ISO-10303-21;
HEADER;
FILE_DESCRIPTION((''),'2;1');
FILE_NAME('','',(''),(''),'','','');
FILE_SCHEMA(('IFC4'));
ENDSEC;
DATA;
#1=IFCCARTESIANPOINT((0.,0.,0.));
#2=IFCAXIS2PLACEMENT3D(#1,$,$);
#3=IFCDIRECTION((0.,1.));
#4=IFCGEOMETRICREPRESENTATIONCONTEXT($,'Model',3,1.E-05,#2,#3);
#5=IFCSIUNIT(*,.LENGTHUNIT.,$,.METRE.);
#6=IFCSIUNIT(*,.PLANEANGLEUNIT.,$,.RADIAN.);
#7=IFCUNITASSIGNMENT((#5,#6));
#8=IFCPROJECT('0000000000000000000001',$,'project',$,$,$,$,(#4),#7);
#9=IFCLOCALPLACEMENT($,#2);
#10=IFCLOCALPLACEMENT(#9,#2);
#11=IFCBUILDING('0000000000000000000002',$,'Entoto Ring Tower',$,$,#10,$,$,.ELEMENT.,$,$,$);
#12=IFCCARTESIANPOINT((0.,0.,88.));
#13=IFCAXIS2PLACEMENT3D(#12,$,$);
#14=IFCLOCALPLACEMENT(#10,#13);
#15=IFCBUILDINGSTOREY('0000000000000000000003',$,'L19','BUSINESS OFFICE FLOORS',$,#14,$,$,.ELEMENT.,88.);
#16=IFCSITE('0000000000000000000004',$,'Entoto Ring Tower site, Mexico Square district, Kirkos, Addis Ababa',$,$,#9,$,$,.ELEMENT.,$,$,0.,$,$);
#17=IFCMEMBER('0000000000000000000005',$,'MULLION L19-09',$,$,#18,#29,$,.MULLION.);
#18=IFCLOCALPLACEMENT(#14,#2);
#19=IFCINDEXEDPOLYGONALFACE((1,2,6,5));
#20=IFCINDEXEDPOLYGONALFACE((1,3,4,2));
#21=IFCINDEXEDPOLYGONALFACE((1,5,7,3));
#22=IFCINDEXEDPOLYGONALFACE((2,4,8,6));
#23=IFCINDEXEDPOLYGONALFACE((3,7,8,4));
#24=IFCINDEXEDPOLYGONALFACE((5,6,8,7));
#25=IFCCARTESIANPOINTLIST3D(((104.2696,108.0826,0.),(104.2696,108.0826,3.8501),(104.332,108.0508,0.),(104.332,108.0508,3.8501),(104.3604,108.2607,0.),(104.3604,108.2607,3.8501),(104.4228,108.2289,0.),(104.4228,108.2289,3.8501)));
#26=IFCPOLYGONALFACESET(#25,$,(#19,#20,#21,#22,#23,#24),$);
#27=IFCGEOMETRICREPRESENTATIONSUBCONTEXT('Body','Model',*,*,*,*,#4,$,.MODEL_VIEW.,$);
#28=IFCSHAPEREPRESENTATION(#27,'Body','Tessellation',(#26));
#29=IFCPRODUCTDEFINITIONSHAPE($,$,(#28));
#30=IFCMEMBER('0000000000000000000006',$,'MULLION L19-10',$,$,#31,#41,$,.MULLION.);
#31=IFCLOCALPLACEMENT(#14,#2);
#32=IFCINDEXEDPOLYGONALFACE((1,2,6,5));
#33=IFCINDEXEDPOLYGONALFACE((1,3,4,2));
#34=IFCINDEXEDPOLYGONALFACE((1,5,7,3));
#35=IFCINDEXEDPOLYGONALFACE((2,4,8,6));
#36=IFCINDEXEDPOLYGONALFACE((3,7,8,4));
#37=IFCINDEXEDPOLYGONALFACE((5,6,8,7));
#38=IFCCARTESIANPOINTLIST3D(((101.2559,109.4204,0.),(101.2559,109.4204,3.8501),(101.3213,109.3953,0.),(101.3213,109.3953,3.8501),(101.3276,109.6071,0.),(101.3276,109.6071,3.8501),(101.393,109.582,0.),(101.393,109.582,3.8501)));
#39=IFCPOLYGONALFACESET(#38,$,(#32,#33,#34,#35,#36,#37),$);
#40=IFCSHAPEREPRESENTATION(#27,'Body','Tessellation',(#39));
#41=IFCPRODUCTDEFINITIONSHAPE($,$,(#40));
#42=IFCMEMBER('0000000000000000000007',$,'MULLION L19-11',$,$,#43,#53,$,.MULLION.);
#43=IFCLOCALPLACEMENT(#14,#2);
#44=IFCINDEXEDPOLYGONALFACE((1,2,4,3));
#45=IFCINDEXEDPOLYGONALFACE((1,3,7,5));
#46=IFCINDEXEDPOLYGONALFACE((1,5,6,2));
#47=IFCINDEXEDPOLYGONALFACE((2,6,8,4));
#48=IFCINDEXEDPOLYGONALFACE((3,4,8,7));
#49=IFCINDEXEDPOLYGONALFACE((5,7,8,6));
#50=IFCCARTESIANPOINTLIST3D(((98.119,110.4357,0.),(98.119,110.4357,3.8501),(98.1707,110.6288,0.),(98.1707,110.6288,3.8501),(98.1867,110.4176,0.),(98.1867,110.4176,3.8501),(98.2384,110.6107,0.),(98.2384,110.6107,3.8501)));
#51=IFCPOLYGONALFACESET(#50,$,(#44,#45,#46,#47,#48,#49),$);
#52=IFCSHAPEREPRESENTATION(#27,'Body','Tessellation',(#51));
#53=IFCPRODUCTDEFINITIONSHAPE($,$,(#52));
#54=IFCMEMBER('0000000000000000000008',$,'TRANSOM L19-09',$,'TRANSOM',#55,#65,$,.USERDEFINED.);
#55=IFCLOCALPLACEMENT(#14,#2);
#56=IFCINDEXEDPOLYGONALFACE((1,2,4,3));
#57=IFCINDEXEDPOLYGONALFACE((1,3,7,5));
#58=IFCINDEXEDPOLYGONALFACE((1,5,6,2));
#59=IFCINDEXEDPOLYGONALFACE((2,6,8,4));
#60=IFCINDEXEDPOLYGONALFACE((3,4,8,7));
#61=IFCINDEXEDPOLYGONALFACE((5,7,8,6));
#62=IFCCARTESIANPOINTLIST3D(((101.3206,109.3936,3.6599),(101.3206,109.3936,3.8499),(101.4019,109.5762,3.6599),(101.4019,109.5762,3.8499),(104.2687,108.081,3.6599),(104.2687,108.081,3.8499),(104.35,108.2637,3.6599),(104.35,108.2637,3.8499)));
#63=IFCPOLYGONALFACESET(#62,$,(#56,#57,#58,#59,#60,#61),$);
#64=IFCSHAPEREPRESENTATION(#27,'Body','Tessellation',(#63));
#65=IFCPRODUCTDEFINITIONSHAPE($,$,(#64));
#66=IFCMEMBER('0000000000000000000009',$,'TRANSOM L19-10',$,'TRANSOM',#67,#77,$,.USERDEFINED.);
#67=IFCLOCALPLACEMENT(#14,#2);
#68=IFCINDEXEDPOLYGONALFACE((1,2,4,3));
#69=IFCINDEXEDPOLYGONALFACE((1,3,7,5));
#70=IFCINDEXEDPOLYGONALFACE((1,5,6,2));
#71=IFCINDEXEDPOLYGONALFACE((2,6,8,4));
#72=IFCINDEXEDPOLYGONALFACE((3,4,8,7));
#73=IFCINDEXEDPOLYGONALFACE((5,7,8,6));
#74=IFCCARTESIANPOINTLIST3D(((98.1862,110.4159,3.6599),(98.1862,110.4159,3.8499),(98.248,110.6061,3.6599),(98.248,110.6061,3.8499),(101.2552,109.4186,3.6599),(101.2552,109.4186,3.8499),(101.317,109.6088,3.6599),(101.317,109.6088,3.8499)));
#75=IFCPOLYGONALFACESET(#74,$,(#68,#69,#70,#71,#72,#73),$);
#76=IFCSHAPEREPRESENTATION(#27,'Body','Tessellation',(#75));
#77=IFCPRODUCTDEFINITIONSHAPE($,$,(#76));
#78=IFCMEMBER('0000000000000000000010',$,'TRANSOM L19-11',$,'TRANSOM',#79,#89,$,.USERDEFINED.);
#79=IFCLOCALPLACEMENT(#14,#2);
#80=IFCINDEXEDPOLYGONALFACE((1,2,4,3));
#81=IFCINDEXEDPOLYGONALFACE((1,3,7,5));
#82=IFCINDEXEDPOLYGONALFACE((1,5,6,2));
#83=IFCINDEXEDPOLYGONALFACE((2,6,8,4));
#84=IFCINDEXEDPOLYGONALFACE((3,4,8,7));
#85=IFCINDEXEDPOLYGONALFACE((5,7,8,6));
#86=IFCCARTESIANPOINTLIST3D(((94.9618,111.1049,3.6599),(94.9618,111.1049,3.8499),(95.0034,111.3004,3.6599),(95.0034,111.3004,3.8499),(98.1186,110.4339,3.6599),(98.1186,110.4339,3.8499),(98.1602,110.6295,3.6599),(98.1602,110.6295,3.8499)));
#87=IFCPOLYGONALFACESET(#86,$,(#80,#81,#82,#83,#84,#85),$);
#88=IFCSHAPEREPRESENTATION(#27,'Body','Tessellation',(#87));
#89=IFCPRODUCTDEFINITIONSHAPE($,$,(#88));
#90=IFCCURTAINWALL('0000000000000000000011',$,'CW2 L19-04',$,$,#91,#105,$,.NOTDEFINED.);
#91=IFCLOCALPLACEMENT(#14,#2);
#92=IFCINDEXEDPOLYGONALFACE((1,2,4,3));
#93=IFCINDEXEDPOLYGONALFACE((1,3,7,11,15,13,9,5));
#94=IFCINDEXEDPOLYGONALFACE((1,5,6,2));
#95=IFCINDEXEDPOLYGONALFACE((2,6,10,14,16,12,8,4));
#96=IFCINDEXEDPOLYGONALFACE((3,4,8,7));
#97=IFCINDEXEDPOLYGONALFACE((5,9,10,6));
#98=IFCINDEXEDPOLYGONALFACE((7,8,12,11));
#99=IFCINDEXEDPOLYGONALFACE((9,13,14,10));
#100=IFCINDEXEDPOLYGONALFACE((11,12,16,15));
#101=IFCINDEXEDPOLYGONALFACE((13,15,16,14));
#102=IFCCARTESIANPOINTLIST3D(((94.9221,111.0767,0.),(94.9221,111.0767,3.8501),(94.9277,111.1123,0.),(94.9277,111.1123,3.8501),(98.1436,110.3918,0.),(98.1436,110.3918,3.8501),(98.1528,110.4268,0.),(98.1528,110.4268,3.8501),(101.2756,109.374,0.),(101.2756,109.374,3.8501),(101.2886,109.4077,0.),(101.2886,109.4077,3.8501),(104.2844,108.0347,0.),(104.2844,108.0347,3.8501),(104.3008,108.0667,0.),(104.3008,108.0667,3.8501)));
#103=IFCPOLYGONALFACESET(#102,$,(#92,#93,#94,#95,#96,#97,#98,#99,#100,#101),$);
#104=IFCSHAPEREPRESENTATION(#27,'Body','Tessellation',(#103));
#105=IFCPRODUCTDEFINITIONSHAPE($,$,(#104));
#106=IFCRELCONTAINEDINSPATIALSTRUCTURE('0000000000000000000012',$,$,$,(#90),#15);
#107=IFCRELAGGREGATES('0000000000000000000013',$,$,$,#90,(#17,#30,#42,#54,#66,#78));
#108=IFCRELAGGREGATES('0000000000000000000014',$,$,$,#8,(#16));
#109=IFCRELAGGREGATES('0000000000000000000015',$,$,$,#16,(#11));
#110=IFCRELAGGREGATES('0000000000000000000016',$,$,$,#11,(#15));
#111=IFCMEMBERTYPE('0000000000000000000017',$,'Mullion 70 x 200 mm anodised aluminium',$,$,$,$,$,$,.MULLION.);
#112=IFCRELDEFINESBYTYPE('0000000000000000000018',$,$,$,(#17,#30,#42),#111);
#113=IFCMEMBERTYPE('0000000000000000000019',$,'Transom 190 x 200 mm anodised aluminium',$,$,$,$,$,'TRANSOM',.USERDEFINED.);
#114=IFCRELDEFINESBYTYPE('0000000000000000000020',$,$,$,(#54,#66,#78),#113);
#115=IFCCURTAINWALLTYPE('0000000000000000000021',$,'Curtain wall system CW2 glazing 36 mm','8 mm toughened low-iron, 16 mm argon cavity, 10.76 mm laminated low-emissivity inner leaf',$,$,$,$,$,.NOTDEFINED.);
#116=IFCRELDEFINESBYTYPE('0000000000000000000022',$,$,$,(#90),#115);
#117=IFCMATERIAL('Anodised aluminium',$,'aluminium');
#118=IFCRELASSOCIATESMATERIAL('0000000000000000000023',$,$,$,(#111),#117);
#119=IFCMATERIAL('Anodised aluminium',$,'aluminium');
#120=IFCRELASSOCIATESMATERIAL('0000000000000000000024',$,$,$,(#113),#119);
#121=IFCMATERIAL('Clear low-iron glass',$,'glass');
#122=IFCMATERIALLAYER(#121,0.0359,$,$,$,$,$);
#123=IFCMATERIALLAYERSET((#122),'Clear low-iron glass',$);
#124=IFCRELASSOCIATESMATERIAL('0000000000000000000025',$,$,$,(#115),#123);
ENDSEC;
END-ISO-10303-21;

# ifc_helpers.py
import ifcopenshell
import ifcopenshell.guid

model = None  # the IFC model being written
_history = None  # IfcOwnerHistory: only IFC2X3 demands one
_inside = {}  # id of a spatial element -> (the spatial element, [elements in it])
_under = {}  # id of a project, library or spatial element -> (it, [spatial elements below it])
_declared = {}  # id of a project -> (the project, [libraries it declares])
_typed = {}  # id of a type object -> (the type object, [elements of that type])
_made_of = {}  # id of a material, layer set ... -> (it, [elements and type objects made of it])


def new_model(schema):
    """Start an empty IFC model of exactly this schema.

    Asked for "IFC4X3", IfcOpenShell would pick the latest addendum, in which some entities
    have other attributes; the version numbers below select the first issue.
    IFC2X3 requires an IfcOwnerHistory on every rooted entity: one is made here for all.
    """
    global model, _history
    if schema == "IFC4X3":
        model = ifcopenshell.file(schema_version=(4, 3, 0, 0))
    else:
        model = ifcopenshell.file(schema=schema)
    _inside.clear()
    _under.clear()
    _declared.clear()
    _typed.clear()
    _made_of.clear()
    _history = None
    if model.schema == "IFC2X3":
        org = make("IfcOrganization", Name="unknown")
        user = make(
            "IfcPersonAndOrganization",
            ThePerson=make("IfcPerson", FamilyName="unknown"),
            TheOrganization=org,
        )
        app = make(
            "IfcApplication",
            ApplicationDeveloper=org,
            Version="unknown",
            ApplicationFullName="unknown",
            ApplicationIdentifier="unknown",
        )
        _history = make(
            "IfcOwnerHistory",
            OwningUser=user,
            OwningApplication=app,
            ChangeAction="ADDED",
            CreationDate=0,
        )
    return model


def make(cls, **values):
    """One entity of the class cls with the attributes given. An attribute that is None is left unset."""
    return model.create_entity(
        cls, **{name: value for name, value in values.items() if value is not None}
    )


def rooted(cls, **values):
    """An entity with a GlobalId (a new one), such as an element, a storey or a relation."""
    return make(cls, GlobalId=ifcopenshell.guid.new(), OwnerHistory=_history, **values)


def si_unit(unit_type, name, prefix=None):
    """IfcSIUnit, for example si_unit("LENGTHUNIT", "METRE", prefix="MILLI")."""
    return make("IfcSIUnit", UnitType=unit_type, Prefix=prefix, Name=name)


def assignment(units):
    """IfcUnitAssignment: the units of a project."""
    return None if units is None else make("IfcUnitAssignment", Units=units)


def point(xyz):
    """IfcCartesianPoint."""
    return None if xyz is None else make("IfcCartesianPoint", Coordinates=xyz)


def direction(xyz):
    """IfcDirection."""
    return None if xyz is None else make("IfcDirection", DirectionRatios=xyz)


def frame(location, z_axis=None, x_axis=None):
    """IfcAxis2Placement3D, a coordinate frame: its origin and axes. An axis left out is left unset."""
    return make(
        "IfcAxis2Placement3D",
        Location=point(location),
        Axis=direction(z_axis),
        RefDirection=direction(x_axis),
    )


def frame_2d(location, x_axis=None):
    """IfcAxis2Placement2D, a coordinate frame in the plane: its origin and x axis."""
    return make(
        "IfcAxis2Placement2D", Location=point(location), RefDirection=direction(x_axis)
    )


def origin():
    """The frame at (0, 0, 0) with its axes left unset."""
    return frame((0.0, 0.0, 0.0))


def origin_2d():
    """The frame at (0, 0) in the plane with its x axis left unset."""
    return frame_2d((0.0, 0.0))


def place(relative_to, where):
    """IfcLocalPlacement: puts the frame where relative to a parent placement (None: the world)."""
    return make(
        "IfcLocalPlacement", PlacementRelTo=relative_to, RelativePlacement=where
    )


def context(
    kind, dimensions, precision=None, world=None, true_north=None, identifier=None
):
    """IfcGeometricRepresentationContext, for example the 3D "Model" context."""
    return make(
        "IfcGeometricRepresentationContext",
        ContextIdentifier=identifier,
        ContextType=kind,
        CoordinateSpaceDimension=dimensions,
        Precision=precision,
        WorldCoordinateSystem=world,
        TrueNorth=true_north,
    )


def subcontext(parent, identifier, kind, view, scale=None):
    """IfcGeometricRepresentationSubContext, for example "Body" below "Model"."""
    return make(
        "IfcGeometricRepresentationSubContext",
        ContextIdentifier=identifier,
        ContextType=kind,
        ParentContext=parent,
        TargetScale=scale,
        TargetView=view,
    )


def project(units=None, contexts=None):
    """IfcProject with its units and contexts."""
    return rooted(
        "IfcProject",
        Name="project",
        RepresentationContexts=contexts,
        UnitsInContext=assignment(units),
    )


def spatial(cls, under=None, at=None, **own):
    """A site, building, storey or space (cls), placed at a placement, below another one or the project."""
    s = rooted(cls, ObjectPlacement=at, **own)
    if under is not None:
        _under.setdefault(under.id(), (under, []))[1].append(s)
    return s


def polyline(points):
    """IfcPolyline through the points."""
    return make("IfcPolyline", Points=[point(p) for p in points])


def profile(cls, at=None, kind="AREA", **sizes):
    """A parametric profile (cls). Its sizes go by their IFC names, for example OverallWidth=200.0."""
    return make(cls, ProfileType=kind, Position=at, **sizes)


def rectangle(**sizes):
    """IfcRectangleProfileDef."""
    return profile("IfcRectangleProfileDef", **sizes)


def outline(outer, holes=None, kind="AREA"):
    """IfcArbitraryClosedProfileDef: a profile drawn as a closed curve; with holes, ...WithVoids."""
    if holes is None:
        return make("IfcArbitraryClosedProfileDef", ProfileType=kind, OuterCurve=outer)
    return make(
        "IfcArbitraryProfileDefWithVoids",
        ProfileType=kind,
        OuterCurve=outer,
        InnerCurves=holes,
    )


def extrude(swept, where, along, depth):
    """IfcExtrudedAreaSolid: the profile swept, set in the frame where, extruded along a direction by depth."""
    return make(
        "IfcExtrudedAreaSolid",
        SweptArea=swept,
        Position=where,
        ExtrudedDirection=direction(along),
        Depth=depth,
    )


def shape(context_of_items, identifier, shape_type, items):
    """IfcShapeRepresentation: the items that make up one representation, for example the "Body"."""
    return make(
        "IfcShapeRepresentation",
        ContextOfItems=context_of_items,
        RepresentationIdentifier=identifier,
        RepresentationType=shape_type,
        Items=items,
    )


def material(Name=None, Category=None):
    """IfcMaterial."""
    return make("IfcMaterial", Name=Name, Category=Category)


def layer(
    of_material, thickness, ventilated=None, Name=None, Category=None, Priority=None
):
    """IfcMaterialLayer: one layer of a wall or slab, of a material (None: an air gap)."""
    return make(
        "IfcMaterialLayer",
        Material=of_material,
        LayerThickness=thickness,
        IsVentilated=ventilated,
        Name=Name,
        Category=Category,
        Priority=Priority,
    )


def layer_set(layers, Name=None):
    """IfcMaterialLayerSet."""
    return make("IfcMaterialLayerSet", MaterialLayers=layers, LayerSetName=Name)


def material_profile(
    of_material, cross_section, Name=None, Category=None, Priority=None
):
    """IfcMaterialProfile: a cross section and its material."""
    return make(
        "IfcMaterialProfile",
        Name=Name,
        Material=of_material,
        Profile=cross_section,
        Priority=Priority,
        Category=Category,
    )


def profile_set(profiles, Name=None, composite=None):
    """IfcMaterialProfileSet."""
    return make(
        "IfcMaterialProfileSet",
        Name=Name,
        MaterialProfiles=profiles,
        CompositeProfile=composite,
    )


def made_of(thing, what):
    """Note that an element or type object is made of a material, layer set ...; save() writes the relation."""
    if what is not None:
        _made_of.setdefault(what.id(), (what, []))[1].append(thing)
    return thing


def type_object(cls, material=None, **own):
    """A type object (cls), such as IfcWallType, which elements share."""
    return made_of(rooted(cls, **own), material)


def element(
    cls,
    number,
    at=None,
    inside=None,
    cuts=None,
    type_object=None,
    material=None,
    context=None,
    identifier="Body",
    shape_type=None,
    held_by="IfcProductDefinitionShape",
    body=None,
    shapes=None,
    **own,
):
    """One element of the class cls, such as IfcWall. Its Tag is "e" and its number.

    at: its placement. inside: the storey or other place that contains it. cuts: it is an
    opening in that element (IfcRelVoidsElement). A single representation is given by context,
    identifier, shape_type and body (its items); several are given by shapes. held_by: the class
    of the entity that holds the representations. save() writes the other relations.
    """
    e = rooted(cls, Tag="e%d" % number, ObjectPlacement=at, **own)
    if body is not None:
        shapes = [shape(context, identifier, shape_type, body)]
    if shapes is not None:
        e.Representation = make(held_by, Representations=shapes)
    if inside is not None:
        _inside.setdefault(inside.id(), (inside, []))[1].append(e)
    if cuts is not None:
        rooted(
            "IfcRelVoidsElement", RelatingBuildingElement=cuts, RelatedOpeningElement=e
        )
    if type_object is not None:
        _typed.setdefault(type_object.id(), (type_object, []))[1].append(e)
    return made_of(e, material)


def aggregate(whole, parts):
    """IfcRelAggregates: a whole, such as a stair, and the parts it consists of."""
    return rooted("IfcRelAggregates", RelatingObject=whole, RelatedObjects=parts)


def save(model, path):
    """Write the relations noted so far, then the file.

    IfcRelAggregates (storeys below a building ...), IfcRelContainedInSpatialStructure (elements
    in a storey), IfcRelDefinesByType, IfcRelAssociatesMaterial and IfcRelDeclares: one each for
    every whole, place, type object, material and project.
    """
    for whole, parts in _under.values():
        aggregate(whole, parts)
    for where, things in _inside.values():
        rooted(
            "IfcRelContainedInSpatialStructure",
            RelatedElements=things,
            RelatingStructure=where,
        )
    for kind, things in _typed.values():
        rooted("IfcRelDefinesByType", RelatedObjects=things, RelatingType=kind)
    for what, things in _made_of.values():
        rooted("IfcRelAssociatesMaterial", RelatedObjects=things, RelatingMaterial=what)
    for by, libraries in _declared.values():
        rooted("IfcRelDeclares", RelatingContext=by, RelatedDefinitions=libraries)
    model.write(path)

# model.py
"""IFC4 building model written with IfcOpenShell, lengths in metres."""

from ifc_helpers import new_model, si_unit, direction, frame, origin, origin_2d, place, context, subcontext, project, spatial, polyline, rectangle, outline, extrude, material, layer, layer_set, material_profile, profile_set, type_object, element, aggregate, save


model = new_model("IFC4")

# Units and contexts
model_context = context("Model", 3, precision=1e-05, world=origin(), true_north=direction((0.0, 1.0)))
body_context = subcontext(model_context, "Body", "Model", "MODEL_VIEW")
ifc_project = project(units=[si_unit("LENGTHUNIT", "METRE"), si_unit("PLANEANGLEUNIT", "RADIAN")], contexts=[model_context])

# Members
ifc_material_1 = material(Name="Anodised aluminium", Category="aluminium")
ifc_material_profile_1 = material_profile(ifc_material_1, rectangle(XDim=0.0701, YDim=0.2, at=origin_2d()), Name="Mullion 70 x 200 mm anodised aluminium")
ifc_profile_set_1 = profile_set([ifc_material_profile_1], Name="Anodised aluminium")
member_type_1 = type_object("IfcMemberType", Name="Mullion 70 x 200 mm anodised aluminium", PredefinedType="MULLION", material=ifc_profile_set_1)
site_placement = place(None, origin())
building_placement = place(site_placement, origin())
storey_placement = place(building_placement, frame((0.0, 0.0, 88.0)))
member_1_placement = place(storey_placement, frame((104.3462, 108.1558, 0.0), z_axis=(0.0, 0.0, 1.0), x_axis=(-0.891007, 0.45399, 0.0)))
member_1 = element("IfcMember", 1, at=member_1_placement, type_object=member_type_1, Name="MULLION L19-09", PredefinedType="MULLION", context=body_context, shape_type="SweptSolid", body=[
    extrude(rectangle(XDim=0.0701, YDim=0.2, at=origin_2d()), origin(), (0.0, 0.0, 1.0), 3.8501),
])
member_2_placement = place(storey_placement, frame((101.3245, 109.5012, 0.0), z_axis=(0.0, 0.0, 1.0), x_axis=(-0.93358, 0.358368, 0.0)))
member_2 = element("IfcMember", 2, at=member_2_placement, type_object=member_type_1, Name="MULLION L19-10", PredefinedType="MULLION", context=body_context, shape_type="SweptSolid", body=[
    extrude(rectangle(XDim=0.0701, YDim=0.2, at=origin_2d()), origin(), (0.0, 0.0, 1.0), 3.8501),
])
member_3_placement = place(storey_placement, frame((98.1787, 110.5232, 0.0), z_axis=(0.0, 0.0, 1.0), x_axis=(-0.965926, 0.258819, 0.0)))
member_3 = element("IfcMember", 3, at=member_3_placement, type_object=member_type_1, Name="MULLION L19-11", PredefinedType="MULLION", context=body_context, shape_type="SweptSolid", body=[
    extrude(rectangle(XDim=0.0701, YDim=0.2, at=origin_2d()), origin(), (0.0, 0.0, 1.0), 3.8501),
])
ifc_material_2 = material(Name="Anodised aluminium", Category="aluminium")
ifc_material_profile_2 = material_profile(ifc_material_2, rectangle(XDim=0.2, YDim=0.1899, at=origin_2d()), Name="Transom 190 x 200 mm anodised aluminium")
ifc_profile_set_2 = profile_set([ifc_material_profile_2], Name="Anodised aluminium")
member_type_2 = type_object("IfcMemberType", Name="Transom 190 x 200 mm anodised aluminium", ElementType="TRANSOM", PredefinedType="USERDEFINED", material=ifc_profile_set_2)
member_4_placement = place(storey_placement, frame((104.3093, 108.1724, 3.7549), z_axis=(-0.913549, 0.406728, 0.0), x_axis=(-0.406728, -0.913549, 0.0)))
member_4 = element("IfcMember", 4, at=member_4_placement, type_object=member_type_2, Name="TRANSOM L19-09", ObjectType="TRANSOM", PredefinedType="USERDEFINED", context=body_context, shape_type="SweptSolid", body=[
    extrude(rectangle(XDim=0.2, YDim=0.1899, at=origin_2d()), origin(), (0.0, 0.0, 1.0), 3.2271),
])
member_5_placement = place(storey_placement, frame((101.2861, 109.5137, 3.7549), z_axis=(-0.951047, 0.309047, 0.0), x_axis=(-0.309047, -0.951047, 0.0)))
member_5 = element("IfcMember", 5, at=member_5_placement, type_object=member_type_2, Name="TRANSOM L19-10", ObjectType="TRANSOM", PredefinedType="USERDEFINED", context=body_context, shape_type="SweptSolid", body=[
    extrude(rectangle(XDim=0.2, YDim=0.1899, at=origin_2d()), origin(), (0.0, 0.0, 1.0), 3.2271),
])
member_6_placement = place(storey_placement, frame((98.1394, 110.5317, 3.7549), z_axis=(-0.978153, 0.207886, 0.0), x_axis=(-0.207886, -0.978153, 0.0)))
member_6 = element("IfcMember", 6, at=member_6_placement, type_object=member_type_2, Name="TRANSOM L19-11", ObjectType="TRANSOM", PredefinedType="USERDEFINED", context=body_context, shape_type="SweptSolid", body=[
    extrude(rectangle(XDim=0.2, YDim=0.1899, at=origin_2d()), origin(), (0.0, 0.0, 1.0), 3.2273),
])

# Site, building, storey
site = spatial("IfcSite", under=ifc_project, at=site_placement, Name="Entoto Ring Tower site, Mexico Square district, Kirkos, Addis Ababa", CompositionType="ELEMENT", RefElevation=0.0)
building = spatial("IfcBuilding", under=site, at=building_placement, Name="Entoto Ring Tower", CompositionType="ELEMENT")
storey = spatial("IfcBuildingStorey", under=building, at=storey_placement, Name="L19", Description="BUSINESS OFFICE FLOORS", CompositionType="ELEMENT", Elevation=88.0)

# Curtain wall
ifc_material_3 = material(Name="Clear low-iron glass", Category="glass")
ifc_layer = layer(ifc_material_3, 0.0359)
ifc_layer_set = layer_set([ifc_layer], Name="Clear low-iron glass")
curtain_wall_type = type_object("IfcCurtainWallType", Name="Curtain wall system CW2 glazing 36 mm", Description="8 mm toughened low-iron, 16 mm argon cavity, 10.76 mm laminated low-emissivity inner leaf", PredefinedType="NOTDEFINED", material=ifc_layer_set)
curtain_wall_1_placement = place(storey_placement, origin())
curtain_wall_1 = element("IfcCurtainWall", 7, at=curtain_wall_1_placement, inside=storey, type_object=curtain_wall_type, Name="CW2 L19-04", PredefinedType="NOTDEFINED", context=body_context, shape_type="SweptSolid", body=[
    extrude(outline(polyline([(104.3008, 108.0667), (101.2886, 109.4077), (98.1528, 110.4268), (94.9277, 111.1123), (94.9221, 111.0767), (98.1436, 110.3918), (101.2756, 109.374), (104.2844, 108.0347), (104.3008, 108.0667)])), origin(), (0.0, 0.0, 1.0), 3.8501),
])
aggregate(curtain_wall_1, [member_1, member_2, member_3, member_4, member_5, member_6])

save(model, "model.ifc")
